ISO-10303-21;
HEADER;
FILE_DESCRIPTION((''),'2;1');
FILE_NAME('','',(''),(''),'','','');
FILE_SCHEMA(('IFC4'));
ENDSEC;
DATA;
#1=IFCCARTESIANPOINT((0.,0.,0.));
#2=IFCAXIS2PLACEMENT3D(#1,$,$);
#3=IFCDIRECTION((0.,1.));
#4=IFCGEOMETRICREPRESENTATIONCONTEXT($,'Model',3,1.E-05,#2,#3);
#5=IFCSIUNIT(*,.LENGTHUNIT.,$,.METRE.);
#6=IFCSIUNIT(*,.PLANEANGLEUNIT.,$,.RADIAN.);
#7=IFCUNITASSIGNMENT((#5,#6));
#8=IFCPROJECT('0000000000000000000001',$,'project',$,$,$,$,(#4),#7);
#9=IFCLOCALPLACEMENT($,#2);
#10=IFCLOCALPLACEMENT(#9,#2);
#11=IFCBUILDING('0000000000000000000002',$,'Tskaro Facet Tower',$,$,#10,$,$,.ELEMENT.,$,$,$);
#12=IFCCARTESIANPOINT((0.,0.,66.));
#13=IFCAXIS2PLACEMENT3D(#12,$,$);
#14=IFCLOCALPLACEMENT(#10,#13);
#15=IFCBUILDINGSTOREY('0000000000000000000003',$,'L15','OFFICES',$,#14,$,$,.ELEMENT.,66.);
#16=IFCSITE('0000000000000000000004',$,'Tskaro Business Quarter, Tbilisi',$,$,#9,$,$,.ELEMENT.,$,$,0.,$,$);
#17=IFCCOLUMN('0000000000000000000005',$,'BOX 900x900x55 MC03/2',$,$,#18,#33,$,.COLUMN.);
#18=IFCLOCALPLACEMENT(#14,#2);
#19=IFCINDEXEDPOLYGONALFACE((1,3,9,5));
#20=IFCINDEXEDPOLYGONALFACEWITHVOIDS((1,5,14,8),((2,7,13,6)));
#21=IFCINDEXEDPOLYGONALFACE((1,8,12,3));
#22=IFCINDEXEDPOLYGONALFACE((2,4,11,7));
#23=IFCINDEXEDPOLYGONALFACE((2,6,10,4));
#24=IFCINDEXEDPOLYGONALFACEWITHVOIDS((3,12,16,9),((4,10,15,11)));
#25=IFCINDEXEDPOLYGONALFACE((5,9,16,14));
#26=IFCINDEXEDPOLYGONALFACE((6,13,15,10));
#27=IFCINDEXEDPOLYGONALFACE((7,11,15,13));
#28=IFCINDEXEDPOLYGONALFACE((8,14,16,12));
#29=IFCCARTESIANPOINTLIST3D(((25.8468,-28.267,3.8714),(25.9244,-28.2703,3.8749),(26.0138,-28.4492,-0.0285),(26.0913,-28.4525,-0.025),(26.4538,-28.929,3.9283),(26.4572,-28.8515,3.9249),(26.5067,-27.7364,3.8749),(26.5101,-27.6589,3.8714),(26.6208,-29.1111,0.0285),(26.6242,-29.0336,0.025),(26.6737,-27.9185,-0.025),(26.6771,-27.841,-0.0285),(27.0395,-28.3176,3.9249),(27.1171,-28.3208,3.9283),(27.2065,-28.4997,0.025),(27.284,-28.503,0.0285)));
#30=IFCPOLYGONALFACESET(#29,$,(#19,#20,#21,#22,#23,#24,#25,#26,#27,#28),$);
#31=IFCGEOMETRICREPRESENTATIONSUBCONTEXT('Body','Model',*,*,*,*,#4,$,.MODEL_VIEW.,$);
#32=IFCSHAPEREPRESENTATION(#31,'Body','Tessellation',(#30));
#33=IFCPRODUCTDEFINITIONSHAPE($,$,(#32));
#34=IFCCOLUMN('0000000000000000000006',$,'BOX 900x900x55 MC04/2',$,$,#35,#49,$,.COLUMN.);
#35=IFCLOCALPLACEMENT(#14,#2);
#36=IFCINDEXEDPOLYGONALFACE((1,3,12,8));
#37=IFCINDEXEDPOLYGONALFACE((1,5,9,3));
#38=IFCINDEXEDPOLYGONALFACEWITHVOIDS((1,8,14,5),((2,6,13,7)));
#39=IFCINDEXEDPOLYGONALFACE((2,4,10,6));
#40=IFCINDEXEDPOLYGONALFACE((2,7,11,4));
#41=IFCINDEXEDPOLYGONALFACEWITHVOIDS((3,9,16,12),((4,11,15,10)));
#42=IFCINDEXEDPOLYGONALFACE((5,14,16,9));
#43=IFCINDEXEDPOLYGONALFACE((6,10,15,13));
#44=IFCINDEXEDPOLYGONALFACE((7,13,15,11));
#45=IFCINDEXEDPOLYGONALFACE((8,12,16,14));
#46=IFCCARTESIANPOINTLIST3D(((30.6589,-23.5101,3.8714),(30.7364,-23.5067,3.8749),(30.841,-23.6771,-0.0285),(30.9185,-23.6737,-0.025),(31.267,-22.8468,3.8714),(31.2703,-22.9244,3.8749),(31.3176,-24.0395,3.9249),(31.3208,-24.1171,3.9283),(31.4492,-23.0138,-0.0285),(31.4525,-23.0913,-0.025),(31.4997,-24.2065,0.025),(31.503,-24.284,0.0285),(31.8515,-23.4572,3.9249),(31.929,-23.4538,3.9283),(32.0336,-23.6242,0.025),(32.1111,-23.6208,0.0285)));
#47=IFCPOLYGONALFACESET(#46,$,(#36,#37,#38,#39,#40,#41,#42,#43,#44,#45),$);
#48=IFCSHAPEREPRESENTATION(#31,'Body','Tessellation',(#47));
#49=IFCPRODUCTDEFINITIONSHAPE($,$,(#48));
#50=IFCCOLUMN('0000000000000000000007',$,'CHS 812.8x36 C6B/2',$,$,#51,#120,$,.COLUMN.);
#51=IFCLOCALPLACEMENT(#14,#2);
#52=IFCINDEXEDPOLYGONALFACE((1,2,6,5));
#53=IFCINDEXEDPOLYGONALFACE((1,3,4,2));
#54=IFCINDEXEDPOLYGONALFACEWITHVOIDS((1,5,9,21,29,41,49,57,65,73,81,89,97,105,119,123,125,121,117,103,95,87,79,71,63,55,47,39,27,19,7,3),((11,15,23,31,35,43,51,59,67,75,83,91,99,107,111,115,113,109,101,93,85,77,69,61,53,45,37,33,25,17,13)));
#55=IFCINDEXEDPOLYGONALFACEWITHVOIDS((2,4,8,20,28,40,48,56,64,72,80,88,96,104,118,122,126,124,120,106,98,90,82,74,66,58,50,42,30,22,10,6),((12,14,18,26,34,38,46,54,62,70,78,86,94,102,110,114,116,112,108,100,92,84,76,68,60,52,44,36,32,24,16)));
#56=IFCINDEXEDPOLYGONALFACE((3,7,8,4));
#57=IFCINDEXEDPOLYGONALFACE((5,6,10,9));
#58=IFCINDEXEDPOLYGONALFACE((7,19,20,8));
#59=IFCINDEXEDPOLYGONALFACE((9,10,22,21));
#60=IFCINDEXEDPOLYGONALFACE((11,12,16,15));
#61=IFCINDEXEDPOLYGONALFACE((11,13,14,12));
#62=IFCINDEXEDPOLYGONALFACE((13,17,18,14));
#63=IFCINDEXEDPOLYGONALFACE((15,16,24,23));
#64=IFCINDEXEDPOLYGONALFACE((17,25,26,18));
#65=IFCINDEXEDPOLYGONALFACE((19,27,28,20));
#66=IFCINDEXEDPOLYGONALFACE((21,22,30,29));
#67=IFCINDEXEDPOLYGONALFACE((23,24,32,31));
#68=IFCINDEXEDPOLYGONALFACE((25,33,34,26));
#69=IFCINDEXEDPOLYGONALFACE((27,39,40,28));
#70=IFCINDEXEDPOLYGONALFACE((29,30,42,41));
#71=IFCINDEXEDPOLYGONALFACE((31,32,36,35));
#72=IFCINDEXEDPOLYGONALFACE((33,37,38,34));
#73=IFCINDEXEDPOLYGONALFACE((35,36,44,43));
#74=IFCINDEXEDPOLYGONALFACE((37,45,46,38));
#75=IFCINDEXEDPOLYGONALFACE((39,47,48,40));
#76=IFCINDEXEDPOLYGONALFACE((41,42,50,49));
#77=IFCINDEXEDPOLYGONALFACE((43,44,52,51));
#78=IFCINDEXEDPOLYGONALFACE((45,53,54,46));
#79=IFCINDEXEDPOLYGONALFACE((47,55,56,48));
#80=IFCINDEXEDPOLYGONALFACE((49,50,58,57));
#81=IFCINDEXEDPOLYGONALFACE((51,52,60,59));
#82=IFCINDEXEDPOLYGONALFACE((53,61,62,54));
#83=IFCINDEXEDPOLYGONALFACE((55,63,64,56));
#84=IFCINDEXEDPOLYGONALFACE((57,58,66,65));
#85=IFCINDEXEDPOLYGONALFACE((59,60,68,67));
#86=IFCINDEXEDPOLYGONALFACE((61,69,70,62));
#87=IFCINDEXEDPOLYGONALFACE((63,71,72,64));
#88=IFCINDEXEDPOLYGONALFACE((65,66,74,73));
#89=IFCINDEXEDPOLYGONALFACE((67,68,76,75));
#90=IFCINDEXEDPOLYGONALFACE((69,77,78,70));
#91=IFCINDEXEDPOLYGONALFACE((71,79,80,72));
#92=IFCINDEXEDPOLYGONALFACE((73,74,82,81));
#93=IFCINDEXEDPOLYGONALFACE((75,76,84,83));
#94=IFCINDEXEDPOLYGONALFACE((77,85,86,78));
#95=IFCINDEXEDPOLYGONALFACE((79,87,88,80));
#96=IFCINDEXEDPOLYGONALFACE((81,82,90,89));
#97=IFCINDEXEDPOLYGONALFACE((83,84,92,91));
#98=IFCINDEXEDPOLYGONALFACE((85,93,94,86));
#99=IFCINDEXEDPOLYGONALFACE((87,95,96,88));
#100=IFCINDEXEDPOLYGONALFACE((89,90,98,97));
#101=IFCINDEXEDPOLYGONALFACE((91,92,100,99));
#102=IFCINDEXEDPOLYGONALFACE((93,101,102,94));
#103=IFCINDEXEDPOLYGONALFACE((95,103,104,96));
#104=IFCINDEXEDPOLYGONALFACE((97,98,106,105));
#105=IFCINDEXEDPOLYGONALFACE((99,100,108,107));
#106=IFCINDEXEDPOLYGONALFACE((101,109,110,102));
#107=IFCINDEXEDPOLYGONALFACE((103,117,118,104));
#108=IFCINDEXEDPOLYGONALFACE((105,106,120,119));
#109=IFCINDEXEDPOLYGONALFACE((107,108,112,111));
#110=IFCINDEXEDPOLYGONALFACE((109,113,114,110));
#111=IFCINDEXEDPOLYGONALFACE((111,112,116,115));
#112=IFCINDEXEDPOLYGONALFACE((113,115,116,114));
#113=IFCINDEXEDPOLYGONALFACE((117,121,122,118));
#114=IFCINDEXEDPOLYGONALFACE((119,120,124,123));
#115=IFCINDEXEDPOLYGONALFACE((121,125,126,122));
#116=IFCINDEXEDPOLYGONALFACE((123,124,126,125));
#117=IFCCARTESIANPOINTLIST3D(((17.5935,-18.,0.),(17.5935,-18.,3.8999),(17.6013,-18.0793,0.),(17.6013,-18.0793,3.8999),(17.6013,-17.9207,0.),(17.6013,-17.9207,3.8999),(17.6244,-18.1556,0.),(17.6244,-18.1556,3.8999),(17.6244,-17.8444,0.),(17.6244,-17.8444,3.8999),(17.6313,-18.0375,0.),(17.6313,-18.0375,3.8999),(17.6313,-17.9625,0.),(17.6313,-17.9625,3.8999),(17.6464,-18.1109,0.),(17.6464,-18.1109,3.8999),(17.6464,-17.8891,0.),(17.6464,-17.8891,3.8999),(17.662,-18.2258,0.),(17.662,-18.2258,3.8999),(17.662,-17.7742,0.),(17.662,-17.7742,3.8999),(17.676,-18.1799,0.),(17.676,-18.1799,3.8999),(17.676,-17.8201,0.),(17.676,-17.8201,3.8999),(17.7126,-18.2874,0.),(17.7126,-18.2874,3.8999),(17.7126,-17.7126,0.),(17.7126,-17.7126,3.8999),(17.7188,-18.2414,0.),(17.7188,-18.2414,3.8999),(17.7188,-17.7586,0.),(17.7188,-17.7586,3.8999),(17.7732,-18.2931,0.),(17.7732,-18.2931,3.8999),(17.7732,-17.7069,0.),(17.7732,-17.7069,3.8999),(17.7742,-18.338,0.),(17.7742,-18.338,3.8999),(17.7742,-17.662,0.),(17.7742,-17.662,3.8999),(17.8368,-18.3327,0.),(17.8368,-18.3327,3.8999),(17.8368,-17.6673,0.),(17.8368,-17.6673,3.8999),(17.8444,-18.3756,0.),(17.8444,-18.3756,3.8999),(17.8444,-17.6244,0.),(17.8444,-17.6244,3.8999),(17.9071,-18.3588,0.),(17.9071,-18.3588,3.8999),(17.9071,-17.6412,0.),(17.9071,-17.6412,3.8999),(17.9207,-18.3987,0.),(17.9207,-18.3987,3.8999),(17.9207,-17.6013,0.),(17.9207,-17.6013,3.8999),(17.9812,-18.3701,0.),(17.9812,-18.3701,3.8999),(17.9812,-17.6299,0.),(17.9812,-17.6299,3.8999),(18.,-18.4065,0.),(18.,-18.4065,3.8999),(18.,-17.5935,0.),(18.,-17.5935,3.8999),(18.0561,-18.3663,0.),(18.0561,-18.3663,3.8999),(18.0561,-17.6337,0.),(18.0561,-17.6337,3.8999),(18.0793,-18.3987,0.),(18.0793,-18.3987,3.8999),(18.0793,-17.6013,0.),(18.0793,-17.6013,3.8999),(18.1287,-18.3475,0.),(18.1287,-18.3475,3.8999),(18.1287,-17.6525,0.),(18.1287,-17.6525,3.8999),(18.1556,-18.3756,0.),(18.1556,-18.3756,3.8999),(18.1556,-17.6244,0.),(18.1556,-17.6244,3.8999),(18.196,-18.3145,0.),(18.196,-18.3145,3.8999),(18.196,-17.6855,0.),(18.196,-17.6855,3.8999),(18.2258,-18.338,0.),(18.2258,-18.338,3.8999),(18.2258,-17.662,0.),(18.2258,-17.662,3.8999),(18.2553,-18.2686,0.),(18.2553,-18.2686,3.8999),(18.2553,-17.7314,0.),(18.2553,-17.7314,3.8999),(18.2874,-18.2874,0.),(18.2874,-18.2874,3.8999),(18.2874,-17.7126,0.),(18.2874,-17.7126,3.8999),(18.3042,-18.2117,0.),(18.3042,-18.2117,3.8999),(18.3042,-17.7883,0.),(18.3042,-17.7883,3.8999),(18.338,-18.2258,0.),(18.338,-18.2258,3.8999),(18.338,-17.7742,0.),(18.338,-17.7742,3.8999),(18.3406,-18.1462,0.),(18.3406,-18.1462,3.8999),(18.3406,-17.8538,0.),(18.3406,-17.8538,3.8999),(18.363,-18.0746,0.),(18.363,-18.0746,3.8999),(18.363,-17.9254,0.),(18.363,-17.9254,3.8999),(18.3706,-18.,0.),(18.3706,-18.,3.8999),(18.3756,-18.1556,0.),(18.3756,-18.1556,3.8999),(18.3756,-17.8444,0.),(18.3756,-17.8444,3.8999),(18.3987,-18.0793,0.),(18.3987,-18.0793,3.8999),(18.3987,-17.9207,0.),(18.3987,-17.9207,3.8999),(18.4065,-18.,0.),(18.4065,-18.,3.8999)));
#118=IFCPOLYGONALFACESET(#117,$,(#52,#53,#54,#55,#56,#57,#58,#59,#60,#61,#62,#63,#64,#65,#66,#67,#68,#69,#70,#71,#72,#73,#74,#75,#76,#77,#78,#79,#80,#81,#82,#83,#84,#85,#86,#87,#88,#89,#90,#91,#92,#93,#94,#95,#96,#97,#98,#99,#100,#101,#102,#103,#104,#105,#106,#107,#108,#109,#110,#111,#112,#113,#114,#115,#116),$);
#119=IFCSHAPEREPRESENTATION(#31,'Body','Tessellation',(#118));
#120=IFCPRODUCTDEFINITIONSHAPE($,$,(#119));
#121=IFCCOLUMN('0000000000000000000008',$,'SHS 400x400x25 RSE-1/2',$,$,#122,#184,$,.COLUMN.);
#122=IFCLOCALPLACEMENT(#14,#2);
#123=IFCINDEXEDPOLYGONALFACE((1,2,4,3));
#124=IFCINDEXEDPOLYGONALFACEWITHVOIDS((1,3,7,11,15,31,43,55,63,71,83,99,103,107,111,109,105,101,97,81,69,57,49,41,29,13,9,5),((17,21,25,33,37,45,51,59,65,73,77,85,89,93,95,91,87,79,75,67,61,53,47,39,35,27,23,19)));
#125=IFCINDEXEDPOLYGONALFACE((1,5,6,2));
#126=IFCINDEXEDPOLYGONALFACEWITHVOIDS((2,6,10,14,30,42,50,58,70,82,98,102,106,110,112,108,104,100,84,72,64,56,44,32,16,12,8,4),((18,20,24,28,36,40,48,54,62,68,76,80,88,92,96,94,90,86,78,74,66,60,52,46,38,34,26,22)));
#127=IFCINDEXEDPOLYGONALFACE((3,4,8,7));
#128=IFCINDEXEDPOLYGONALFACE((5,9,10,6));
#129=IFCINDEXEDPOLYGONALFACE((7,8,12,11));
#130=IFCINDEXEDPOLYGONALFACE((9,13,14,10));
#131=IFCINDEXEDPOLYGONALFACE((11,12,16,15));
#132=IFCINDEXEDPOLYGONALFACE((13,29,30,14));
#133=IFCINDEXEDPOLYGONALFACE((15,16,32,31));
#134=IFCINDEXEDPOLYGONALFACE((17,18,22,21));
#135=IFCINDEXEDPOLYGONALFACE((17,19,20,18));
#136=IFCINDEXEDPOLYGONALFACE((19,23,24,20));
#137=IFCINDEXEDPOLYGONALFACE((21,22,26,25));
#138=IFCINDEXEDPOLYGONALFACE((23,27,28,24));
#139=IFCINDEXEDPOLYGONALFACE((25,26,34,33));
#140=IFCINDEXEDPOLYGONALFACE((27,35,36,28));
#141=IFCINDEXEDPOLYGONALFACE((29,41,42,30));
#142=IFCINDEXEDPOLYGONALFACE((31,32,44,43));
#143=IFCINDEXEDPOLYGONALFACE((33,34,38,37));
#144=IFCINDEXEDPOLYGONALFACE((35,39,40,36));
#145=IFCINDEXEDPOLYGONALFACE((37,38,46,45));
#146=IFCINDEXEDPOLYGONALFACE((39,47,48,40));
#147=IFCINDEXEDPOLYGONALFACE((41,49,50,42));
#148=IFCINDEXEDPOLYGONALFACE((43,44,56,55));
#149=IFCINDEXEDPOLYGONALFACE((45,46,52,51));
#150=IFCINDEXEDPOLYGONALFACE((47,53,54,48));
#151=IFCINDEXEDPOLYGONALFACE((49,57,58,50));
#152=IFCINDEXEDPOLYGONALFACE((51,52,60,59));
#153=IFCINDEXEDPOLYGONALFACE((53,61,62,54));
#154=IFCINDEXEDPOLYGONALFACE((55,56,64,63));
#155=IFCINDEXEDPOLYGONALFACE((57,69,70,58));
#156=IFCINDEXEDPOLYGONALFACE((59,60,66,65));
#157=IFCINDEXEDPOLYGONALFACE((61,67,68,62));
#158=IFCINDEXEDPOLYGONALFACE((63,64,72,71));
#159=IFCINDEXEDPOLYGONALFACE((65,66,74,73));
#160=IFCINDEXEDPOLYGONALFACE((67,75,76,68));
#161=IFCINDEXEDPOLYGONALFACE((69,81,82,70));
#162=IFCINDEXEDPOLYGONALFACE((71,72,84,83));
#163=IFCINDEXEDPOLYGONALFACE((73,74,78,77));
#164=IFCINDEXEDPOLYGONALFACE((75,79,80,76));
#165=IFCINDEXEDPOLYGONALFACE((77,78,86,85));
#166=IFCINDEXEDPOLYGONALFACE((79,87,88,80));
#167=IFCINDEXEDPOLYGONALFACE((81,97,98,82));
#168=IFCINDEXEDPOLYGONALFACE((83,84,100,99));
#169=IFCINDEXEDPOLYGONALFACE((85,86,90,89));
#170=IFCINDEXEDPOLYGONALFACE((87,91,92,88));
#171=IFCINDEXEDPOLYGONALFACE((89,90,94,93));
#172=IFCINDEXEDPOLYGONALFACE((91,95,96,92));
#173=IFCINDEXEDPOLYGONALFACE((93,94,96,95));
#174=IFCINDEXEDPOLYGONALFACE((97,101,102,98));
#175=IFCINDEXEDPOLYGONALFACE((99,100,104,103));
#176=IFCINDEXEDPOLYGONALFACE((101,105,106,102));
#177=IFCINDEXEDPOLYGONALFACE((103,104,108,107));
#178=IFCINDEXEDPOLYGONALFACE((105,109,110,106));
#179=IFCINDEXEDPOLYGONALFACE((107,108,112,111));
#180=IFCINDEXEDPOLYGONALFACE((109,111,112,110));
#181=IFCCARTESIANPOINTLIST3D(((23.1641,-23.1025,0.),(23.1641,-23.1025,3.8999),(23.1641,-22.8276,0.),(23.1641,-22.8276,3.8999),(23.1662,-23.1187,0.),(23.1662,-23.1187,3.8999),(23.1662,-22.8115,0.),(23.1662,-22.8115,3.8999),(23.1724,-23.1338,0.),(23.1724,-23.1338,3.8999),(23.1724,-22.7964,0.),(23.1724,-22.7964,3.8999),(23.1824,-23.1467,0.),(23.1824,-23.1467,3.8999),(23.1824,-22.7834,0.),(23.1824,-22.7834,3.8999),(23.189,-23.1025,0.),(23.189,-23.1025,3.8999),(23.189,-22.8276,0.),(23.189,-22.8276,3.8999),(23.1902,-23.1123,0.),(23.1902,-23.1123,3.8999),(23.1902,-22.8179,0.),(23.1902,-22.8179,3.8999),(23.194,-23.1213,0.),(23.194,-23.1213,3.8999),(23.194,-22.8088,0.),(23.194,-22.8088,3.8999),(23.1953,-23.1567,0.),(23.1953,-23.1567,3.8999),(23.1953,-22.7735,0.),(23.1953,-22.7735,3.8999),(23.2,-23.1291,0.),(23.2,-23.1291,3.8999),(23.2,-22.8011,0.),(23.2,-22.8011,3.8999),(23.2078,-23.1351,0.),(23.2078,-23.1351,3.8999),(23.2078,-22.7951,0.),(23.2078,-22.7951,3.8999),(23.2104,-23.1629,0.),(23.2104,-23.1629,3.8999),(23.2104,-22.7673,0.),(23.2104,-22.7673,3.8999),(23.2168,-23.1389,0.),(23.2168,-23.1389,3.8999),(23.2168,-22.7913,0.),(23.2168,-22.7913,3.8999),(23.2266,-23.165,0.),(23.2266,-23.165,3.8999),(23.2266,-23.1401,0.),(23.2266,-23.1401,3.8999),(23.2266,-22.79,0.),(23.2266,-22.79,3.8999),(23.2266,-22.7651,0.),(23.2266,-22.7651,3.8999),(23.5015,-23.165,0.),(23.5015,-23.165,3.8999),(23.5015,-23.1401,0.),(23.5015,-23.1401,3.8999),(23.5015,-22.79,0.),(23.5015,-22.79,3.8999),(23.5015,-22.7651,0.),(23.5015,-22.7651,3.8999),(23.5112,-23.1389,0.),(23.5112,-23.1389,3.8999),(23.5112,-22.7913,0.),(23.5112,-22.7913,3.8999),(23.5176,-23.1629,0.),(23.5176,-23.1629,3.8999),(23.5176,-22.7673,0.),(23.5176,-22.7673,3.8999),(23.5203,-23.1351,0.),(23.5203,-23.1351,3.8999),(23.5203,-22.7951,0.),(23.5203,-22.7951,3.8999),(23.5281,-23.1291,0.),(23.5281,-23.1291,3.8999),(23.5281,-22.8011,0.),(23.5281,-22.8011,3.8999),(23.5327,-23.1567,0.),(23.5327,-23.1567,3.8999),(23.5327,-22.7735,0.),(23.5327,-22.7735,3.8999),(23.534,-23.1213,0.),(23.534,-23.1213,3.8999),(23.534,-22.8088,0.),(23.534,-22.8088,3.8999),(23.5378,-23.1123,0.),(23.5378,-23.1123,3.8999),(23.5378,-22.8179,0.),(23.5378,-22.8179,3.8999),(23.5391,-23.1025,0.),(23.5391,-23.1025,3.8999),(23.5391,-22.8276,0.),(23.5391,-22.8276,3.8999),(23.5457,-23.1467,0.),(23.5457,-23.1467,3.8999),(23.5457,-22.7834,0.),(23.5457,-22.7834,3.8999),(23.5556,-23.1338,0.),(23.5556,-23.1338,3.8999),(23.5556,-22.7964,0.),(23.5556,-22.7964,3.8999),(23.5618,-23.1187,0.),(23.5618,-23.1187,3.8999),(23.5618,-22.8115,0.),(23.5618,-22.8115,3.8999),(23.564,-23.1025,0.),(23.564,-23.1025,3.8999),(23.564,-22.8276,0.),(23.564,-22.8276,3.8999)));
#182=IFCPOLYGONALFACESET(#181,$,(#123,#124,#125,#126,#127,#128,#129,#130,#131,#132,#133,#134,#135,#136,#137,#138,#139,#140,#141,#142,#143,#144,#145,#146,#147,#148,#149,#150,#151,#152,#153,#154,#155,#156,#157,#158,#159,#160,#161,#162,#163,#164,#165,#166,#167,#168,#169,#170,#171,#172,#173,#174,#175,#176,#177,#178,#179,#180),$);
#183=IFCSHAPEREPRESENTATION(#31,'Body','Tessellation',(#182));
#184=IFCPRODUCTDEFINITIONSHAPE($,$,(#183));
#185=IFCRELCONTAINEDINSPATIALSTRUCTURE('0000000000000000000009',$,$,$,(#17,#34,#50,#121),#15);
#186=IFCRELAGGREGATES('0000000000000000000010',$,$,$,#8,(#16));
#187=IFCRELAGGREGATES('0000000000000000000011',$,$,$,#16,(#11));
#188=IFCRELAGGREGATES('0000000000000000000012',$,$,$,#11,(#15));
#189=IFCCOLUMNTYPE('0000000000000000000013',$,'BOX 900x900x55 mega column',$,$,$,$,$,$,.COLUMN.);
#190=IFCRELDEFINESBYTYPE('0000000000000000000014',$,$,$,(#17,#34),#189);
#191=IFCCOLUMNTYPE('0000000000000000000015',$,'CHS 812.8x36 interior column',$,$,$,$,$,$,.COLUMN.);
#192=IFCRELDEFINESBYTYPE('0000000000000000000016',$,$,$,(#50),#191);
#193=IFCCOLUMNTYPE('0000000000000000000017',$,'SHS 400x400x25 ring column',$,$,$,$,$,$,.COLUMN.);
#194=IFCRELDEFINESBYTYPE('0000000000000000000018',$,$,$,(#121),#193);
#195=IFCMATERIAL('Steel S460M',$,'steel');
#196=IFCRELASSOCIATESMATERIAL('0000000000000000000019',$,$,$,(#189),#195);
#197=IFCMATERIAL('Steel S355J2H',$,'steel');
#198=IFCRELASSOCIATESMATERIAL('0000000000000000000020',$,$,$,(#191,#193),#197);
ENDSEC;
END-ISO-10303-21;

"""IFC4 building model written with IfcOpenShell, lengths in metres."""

from ifc_helpers import new_model, si_unit, direction, frame, origin, origin_2d, place, context, subcontext, project, spatial, hollow_rectangle, hollow_circle, extrude, material, material_profile, profile_set, type_object, element, save


model = new_model("IFC4")

# Units and contexts
model_context = context("Model", 3, precision=1e-05, world=origin(), true_north=direction((0.0, 1.0)))
body_context = subcontext(model_context, "Body", "Model", "MODEL_VIEW")
ifc_project = project(units=[si_unit("LENGTHUNIT", "METRE"), si_unit("PLANEANGLEUNIT", "RADIAN")], contexts=[model_context])

# Site, building, storey
site_placement = place(None, origin())
site = spatial("IfcSite", under=ifc_project, at=site_placement, Name="Tskaro Business Quarter, Tbilisi", CompositionType="ELEMENT", RefElevation=0.0)
building_placement = place(site_placement, origin())
building = spatial("IfcBuilding", under=site, at=building_placement, Name="Tskaro Facet Tower", CompositionType="ELEMENT")
storey_placement = place(building_placement, frame((0.0, 0.0, 66.0)))
storey = spatial("IfcBuildingStorey", under=building, at=storey_placement, Name="L15", Description="OFFICES", CompositionType="ELEMENT", Elevation=66.0)

# Columns
ifc_material_1 = material(Name="Steel S460M", Category="steel")
ifc_material_profile_1 = material_profile(ifc_material_1, hollow_rectangle(XDim=0.8999, YDim=0.8999, WallThickness=0.0549, at=origin_2d()), Name="BOX 900x900x55")
ifc_profile_set_1 = profile_set([ifc_material_profile_1], Name="Steel S460M")
column_type_1 = type_object("IfcColumnType", Name="BOX 900x900x55 mega column", PredefinedType="COLUMN", material=ifc_profile_set_1)
for number, where, z_axis, x_axis, name in (
    (1, (26.6489, -28.4761, 0.0), (-0.042734, 0.046607, 0.997999), (-0.737072, -0.675814, 0.0), "BOX 900x900x55 MC03/2"),
    (2, (31.4761, -23.6489, 0.0), (-0.046607, 0.042734, 0.997999), (-0.675814, -0.737072, 0.0), "BOX 900x900x55 MC04/2"),
):
    element("IfcColumn", number, at=place(storey_placement, frame(where, z_axis=z_axis, x_axis=x_axis)), inside=storey, type_object=column_type_1, Name=name, PredefinedType="COLUMN", context=body_context, shape_type="SweptSolid", body=[
        extrude(hollow_rectangle(XDim=0.8999, YDim=0.8999, WallThickness=0.0549, at=origin_2d()), origin(), (0.0, 0.0, 1.0), 3.9077),
    ])
ifc_material_2 = material(Name="Steel S355J2H", Category="steel")
ifc_material_profile_2 = material_profile(ifc_material_2, hollow_circle(Radius=0.4065, WallThickness=0.0359, at=origin_2d()), Name="CHS 812.8x36")
ifc_profile_set_2 = profile_set([ifc_material_profile_2], Name="Steel S355J2H")
column_type_2 = type_object("IfcColumnType", Name="CHS 812.8x36 interior column", PredefinedType="COLUMN", material=ifc_profile_set_2)
column_placement = place(storey_placement, frame((18.0, -18.0, 0.0), z_axis=(0.0, 0.0, 1.0), x_axis=(1.0, 0.0, 0.0)))
element("IfcColumn", 3, at=column_placement, inside=storey, type_object=column_type_2, Name="CHS 812.8x36 C6B/2", PredefinedType="COLUMN", context=body_context, shape_type="SweptSolid", body=[
    extrude(hollow_circle(Radius=0.4065, WallThickness=0.0359, at=origin_2d()), origin(), (0.0, 0.0, 1.0), 3.8999),
])
ifc_material_profile_3 = material_profile(ifc_material_2, hollow_rectangle(XDim=0.3999, YDim=0.3999, WallThickness=0.0249, InnerFilletRadius=0.0376, OuterFilletRadius=0.0625, at=origin_2d()), Name="SHS 400x400x25")
ifc_profile_set_3 = profile_set([ifc_material_profile_3], Name="Steel S355J2H")
column_type_3 = type_object("IfcColumnType", Name="SHS 400x400x25 ring column", PredefinedType="COLUMN", material=ifc_profile_set_3)
for number, where, z_axis, x_axis, name in (
    (4, (23.364, -22.9651, 0.0), (0.0, 0.0, 1.0), (1.0, 0.0, 0.0), "SHS 400x400x25 RSE-1/2"),
):
    element("IfcColumn", number, at=place(storey_placement, frame(where, z_axis=z_axis, x_axis=x_axis)), inside=storey, type_object=column_type_3, Name=name, PredefinedType="COLUMN", context=body_context, shape_type="SweptSolid", body=[
        extrude(hollow_rectangle(XDim=0.3999, YDim=0.3999, WallThickness=0.0249, InnerFilletRadius=0.0376, OuterFilletRadius=0.0625, at=origin_2d()), origin(), (0.0, 0.0, 1.0), 3.8999),
    ])

save(model, "model.ifc")
